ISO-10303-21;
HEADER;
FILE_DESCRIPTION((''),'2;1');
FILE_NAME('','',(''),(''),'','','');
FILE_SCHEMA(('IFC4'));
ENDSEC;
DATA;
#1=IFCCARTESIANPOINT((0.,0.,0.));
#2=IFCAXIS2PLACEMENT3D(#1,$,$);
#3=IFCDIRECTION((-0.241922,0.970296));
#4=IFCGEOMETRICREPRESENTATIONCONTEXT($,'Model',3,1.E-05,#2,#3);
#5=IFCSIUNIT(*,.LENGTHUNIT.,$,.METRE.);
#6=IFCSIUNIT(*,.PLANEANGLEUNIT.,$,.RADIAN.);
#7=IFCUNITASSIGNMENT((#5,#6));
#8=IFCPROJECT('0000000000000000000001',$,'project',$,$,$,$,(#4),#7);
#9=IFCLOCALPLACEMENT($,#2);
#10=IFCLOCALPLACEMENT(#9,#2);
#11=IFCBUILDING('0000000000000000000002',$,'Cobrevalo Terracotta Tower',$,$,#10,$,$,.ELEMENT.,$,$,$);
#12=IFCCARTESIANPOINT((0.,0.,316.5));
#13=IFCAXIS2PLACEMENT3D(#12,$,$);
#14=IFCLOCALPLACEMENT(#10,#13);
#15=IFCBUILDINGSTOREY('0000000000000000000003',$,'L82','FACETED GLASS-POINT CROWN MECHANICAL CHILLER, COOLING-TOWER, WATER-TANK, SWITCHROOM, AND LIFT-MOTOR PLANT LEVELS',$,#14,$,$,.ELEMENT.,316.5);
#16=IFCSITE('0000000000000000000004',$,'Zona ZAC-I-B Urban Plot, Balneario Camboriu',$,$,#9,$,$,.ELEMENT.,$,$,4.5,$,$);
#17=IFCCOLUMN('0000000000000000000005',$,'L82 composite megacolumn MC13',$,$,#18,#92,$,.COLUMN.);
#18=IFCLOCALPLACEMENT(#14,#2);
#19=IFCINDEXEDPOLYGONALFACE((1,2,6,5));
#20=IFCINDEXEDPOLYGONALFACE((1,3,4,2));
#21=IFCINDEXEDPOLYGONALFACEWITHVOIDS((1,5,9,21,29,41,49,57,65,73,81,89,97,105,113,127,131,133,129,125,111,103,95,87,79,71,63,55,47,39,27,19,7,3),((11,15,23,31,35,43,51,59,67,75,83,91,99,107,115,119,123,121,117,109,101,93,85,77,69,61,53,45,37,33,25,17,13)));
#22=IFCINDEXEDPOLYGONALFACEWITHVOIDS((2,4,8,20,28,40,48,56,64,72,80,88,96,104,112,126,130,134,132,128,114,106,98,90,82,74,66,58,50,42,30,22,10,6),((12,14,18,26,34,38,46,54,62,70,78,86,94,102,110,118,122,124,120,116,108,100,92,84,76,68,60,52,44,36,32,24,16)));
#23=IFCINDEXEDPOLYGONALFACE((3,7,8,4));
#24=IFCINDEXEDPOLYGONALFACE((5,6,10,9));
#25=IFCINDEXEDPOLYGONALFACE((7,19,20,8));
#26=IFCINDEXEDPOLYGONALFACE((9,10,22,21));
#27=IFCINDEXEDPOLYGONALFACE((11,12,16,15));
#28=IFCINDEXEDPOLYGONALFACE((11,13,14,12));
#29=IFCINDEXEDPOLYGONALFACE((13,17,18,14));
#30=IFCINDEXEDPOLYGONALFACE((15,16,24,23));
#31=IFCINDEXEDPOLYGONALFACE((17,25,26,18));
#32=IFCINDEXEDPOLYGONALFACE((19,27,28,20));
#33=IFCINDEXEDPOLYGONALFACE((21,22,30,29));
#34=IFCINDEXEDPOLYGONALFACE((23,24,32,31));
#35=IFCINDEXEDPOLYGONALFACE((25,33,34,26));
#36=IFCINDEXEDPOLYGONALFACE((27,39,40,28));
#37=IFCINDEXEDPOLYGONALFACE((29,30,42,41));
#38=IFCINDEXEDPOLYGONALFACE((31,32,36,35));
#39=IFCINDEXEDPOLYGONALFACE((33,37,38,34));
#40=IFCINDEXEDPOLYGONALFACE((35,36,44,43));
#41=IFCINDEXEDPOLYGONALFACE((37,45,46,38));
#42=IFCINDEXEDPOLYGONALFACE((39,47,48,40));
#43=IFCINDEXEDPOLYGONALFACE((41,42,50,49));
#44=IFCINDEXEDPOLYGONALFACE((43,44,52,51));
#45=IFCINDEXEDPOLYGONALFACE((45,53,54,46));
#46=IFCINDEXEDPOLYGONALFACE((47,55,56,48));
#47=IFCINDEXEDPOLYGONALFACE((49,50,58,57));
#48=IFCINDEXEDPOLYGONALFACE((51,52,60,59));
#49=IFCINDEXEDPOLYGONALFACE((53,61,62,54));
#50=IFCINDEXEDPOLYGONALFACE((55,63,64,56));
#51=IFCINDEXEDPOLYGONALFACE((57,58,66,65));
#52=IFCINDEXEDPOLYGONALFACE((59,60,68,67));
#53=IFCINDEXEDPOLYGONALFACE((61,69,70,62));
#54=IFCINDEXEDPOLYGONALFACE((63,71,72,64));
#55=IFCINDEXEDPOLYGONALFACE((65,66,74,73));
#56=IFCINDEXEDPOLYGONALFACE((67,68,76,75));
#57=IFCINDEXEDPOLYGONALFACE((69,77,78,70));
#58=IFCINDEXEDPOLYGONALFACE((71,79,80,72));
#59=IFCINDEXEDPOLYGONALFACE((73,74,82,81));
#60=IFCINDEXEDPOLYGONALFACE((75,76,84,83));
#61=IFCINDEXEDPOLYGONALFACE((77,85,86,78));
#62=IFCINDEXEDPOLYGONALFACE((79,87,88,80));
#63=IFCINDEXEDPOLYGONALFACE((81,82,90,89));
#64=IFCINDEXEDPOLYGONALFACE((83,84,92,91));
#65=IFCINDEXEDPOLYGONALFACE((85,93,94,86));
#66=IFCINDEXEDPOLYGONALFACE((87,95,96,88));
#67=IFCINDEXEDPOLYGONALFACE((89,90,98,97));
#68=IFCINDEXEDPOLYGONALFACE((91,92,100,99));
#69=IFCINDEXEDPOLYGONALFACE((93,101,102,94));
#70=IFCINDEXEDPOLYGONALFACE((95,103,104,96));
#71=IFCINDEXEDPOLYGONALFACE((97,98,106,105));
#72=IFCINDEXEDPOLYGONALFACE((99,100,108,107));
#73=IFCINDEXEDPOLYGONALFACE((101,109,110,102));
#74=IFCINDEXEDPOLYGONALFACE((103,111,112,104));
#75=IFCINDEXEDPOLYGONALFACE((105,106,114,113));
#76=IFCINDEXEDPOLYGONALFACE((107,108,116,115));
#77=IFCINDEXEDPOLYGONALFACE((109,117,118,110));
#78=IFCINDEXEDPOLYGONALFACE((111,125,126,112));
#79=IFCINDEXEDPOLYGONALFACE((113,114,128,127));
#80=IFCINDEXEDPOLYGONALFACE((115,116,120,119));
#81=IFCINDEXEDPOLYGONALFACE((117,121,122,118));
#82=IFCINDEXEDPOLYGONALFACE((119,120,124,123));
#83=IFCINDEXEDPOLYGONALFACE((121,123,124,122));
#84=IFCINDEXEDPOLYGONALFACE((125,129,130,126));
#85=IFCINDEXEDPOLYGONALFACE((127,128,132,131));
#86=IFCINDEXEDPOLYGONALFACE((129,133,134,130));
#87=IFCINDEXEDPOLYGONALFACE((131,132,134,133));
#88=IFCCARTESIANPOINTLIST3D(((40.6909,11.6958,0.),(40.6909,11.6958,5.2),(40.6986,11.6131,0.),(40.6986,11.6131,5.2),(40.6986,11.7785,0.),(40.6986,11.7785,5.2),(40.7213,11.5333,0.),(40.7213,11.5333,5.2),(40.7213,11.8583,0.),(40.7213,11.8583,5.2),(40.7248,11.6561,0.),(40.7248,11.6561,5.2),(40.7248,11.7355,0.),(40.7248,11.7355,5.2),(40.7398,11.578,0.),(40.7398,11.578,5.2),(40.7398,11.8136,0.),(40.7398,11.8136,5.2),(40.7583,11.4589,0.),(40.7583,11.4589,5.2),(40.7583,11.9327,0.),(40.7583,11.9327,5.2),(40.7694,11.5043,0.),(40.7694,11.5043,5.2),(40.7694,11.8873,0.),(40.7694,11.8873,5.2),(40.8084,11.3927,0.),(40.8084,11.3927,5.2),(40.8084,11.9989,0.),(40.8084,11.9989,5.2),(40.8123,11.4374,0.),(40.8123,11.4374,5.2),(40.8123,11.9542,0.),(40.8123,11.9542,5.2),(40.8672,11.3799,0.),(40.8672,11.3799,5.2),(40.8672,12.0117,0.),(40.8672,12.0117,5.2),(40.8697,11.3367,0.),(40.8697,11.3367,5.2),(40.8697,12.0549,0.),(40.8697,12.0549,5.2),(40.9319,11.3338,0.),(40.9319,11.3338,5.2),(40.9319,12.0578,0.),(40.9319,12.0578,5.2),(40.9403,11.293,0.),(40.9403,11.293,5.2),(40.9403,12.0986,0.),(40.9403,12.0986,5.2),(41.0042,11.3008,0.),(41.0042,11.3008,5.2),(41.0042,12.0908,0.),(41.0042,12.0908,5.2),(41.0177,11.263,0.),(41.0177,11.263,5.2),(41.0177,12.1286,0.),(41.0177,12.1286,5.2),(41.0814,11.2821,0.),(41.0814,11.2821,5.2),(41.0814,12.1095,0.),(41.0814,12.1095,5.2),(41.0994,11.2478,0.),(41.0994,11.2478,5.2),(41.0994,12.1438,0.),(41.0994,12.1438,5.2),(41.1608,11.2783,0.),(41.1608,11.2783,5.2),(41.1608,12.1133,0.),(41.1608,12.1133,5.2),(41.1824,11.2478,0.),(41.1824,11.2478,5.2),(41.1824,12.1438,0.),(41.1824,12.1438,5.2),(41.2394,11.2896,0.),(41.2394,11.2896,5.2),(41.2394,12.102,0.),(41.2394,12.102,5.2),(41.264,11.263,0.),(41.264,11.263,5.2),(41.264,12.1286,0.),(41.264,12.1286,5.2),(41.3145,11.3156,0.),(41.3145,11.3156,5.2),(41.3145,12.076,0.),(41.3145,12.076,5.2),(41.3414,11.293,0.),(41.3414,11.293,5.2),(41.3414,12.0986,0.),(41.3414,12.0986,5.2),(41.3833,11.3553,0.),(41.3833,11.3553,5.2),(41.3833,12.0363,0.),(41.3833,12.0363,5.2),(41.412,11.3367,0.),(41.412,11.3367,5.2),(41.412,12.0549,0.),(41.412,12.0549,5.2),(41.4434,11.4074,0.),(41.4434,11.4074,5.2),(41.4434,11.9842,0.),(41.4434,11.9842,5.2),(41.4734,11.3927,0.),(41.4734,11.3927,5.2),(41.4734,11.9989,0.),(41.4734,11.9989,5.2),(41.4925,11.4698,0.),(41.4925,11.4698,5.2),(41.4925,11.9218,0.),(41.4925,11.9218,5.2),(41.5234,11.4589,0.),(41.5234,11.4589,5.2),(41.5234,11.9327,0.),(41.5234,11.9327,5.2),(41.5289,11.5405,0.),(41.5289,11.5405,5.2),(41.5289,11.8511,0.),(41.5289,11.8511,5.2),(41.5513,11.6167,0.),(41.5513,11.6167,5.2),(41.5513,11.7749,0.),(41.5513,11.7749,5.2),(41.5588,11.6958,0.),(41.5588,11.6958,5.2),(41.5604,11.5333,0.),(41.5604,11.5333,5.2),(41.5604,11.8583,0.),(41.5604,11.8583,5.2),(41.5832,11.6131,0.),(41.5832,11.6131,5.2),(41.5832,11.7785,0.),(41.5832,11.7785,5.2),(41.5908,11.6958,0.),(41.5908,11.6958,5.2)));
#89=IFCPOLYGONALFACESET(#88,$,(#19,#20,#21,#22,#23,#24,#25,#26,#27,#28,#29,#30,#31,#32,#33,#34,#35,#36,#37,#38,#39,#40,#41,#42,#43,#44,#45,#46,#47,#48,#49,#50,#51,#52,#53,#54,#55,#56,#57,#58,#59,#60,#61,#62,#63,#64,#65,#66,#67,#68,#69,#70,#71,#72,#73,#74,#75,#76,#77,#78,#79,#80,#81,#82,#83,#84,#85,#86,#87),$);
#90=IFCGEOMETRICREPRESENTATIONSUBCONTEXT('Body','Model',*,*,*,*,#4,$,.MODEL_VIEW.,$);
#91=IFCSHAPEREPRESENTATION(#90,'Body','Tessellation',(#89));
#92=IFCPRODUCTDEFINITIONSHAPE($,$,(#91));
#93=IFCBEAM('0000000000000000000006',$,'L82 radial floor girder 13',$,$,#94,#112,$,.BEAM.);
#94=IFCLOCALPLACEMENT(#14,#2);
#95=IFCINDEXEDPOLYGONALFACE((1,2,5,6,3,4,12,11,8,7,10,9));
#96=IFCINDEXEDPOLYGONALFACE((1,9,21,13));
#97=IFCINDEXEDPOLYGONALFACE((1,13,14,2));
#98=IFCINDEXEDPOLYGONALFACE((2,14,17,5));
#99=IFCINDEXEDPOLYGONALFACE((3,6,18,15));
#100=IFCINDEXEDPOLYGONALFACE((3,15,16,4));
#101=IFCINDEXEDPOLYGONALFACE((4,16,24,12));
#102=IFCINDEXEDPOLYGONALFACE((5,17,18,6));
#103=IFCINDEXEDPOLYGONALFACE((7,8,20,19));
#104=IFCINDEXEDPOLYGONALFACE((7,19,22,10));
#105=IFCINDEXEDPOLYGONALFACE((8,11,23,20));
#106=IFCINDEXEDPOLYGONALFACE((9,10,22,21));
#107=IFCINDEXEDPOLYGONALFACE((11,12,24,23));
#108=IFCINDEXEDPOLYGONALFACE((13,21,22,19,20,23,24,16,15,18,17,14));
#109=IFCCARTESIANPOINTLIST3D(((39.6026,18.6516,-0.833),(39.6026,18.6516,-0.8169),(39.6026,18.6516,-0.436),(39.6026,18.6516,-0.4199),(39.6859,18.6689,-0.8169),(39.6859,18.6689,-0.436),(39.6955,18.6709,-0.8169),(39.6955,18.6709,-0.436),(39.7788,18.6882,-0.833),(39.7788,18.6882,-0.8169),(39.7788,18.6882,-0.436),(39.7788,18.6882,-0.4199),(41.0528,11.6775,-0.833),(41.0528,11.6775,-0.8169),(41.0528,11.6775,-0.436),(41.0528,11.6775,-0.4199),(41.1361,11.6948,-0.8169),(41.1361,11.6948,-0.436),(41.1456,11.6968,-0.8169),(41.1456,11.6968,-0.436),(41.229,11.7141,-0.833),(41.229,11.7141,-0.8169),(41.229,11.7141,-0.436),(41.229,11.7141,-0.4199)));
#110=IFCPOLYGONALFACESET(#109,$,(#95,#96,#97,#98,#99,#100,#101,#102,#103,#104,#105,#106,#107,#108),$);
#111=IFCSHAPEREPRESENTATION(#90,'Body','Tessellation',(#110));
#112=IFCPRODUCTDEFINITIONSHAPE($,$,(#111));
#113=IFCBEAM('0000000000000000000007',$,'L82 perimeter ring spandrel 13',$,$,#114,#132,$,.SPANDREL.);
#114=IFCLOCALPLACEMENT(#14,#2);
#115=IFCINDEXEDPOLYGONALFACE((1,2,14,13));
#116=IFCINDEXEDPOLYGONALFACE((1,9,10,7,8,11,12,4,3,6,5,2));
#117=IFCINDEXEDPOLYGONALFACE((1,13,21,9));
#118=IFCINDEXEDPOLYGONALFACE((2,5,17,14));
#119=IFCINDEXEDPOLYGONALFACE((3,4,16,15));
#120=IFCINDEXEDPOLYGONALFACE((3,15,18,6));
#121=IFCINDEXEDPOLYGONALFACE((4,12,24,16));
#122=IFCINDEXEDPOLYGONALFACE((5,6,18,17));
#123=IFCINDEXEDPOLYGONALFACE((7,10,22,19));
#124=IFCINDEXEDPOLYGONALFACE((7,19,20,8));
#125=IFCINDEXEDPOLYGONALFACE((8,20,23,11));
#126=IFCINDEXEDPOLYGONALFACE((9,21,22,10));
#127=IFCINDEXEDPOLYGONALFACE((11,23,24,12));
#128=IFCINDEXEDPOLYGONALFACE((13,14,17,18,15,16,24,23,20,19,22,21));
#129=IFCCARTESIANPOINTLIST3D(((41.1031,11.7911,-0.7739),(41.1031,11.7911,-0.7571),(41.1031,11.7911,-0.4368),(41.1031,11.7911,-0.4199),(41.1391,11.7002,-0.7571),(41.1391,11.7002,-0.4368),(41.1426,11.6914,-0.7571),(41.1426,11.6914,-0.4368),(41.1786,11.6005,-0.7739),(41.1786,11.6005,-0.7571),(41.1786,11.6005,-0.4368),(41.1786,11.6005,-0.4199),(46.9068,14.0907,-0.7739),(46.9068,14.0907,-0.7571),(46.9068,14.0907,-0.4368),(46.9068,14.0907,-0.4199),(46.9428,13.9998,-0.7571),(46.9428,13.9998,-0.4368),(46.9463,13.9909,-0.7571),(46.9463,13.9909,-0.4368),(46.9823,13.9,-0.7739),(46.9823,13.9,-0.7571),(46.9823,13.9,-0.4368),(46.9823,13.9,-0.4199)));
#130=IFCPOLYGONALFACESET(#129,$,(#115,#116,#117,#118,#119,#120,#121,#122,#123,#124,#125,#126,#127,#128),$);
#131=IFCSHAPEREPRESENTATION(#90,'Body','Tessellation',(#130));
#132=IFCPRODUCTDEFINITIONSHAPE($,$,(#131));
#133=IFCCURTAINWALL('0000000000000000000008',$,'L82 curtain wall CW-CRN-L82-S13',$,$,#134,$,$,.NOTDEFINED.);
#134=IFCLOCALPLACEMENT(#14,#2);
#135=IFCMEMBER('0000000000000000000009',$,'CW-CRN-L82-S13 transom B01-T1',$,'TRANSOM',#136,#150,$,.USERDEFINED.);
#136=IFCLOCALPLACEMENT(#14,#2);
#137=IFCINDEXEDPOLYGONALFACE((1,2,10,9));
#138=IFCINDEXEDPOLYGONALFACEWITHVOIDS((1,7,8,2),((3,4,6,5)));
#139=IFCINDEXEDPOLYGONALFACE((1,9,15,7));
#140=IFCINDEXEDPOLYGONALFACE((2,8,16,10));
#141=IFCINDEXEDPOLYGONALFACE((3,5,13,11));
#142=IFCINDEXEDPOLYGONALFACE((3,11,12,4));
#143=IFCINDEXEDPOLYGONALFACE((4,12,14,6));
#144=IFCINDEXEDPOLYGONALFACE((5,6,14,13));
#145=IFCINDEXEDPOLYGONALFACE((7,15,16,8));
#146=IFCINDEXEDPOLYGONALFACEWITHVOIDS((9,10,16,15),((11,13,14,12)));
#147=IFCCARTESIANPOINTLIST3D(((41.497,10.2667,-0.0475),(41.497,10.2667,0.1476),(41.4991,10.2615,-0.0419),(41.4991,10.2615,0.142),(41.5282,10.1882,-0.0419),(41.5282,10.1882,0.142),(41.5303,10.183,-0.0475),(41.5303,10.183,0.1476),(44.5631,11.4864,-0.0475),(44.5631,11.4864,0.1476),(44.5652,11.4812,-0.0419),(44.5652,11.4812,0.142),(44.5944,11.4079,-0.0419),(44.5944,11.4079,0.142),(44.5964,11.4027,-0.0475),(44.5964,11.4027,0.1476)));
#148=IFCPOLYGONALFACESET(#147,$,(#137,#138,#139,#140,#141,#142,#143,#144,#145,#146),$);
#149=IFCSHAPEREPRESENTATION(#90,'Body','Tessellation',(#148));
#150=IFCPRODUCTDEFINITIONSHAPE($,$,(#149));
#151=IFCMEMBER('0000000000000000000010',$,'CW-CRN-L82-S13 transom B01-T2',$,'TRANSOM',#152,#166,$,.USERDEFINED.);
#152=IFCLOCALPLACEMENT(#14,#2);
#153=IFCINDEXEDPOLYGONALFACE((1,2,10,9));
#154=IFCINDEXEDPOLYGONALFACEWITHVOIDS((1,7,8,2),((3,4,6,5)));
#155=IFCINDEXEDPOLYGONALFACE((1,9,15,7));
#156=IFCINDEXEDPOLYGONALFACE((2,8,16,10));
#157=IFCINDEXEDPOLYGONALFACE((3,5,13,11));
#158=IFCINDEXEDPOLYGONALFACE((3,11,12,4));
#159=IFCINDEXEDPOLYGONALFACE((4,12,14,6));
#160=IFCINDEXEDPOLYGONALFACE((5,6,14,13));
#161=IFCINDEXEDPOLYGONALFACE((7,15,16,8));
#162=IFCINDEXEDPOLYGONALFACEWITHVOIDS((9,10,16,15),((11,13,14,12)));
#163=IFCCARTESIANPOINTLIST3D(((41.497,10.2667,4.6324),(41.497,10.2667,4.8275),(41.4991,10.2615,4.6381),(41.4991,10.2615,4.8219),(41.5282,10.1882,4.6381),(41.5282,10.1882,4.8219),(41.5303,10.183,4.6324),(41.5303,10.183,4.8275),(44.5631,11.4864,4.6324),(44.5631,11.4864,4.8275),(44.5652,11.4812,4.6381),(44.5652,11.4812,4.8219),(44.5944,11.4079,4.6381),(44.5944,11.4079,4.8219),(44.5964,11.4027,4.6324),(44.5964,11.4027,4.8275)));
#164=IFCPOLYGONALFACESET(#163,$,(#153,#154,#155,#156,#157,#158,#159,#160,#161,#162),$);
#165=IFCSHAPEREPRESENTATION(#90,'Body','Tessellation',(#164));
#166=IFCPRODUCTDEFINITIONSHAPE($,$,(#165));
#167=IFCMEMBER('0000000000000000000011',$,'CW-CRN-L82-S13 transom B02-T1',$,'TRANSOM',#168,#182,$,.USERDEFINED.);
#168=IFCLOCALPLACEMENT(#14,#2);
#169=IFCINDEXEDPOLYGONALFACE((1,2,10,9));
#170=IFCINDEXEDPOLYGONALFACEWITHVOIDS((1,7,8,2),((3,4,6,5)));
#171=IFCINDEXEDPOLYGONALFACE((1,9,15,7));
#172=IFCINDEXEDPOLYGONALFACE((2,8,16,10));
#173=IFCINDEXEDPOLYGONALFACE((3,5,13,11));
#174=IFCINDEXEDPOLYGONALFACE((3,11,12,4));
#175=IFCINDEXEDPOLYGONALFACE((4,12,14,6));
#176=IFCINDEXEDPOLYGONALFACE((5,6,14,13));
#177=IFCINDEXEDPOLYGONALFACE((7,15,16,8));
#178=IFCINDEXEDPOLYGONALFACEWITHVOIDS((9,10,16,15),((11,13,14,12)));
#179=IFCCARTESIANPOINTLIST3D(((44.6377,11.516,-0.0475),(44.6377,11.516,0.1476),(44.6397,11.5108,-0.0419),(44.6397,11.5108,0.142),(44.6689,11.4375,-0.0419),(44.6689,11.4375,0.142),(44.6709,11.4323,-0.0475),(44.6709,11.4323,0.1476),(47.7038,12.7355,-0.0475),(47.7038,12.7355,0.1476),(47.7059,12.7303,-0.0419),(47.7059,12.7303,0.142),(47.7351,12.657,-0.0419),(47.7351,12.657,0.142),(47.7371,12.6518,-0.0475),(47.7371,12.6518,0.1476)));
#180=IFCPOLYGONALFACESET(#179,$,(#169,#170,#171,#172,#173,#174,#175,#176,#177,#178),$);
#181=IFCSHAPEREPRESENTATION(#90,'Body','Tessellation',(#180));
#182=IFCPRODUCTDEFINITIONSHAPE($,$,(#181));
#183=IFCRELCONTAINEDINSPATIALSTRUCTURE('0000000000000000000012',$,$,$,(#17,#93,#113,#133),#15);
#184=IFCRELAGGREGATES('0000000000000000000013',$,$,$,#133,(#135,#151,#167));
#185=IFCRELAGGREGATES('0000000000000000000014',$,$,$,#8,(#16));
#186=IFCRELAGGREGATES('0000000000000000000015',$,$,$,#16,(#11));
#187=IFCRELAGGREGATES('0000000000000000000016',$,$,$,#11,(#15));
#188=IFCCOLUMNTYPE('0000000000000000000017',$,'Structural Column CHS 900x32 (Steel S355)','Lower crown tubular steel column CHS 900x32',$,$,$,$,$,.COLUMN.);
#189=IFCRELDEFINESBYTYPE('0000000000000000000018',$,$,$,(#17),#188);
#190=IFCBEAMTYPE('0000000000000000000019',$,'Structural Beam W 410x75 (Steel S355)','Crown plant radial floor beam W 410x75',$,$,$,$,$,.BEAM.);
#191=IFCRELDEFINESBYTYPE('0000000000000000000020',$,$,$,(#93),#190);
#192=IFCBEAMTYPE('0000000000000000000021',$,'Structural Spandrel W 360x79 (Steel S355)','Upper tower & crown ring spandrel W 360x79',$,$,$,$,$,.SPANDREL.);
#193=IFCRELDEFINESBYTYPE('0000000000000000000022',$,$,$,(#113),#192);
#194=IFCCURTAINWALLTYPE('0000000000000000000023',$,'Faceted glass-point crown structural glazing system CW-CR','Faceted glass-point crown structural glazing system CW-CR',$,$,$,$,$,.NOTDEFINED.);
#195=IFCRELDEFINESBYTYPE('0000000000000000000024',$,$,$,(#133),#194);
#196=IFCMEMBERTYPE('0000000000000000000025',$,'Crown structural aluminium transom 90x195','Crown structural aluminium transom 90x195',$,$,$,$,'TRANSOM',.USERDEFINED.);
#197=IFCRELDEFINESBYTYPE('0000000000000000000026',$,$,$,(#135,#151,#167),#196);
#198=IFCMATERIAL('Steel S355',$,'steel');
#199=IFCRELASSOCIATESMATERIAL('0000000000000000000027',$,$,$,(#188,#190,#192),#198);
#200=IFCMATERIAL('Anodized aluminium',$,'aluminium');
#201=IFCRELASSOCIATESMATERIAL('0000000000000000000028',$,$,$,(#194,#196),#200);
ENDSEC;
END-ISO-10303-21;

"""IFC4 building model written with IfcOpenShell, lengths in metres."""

from ifc_helpers import new_model, si_unit, direction, frame, origin, origin_2d, place, context, subcontext, project, spatial, hollow_rectangle, hollow_circle, i_section, extrude, source, transform, mapped, material, material_profile, profile_set, type_object, element, aggregate, save


model = new_model("IFC4")

# Units and contexts
model_context = context("Model", 3, precision=1e-05, world=origin(), true_north=direction((-0.241922, 0.970296)))
body_context = subcontext(model_context, "Body", "Model", "MODEL_VIEW")
ifc_project = project(units=[si_unit("LENGTHUNIT", "METRE"), si_unit("PLANEANGLEUNIT", "RADIAN")], contexts=[model_context])

# Site, building, storey
site_placement = place(None, origin())
site = spatial("IfcSite", under=ifc_project, at=site_placement, Name="Zona ZAC-I-B Urban Plot, Balneario Camboriu", CompositionType="ELEMENT", RefElevation=4.5)
building_placement = place(site_placement, origin())
building = spatial("IfcBuilding", under=site, at=building_placement, Name="Cobrevalo Terracotta Tower", CompositionType="ELEMENT")
storey_placement = place(building_placement, frame((0.0, 0.0, 316.5)))
storey = spatial("IfcBuildingStorey", under=building, at=storey_placement, Name="L82", Description="FACETED GLASS-POINT CROWN MECHANICAL CHILLER, COOLING-TOWER, WATER-TANK, SWITCHROOM, AND LIFT-MOTOR PLANT LEVELS", CompositionType="ELEMENT", Elevation=316.5)

# Column
ifc_material_1 = material(Name="Steel S355", Category="steel")
ifc_material_profile_1 = material_profile(ifc_material_1, hollow_circle(Radius=0.45, WallThickness=0.032, at=origin_2d()), Name="CHS 900x32")
ifc_profile_set_1 = profile_set([ifc_material_profile_1], Name="Steel S355")
column_type = type_object("IfcColumnType", Name="Structural Column CHS 900x32 (Steel S355)", Description="Lower crown tubular steel column CHS 900x32", PredefinedType="COLUMN", material=ifc_profile_set_1)
column_placement = place(storey_placement, frame((41.1409, 11.6958, 0.0), z_axis=(0.0, 0.0, 1.0), x_axis=(1.0, 0.0, 0.0)))
element("IfcColumn", 1, at=column_placement, inside=storey, type_object=column_type, Name="L82 composite megacolumn MC13", PredefinedType="COLUMN", context=body_context, shape_type="SweptSolid", body=[
    extrude(hollow_circle(Radius=0.45, WallThickness=0.032, at=origin_2d()), origin(), (0.0, 0.0, 1.0), 5.2),
])

# Beams
ifc_material_profile_2 = material_profile(ifc_material_1, i_section(OverallWidth=0.1799, OverallDepth=0.4131, WebThickness=0.0098, FlangeThickness=0.0161, at=origin_2d()), Name="W 410x75")
ifc_profile_set_2 = profile_set([ifc_material_profile_2], Name="Steel S355")
beam_type_1 = type_object("IfcBeamType", Name="Structural Beam W 410x75 (Steel S355)", Description="Crown plant radial floor beam W 410x75", PredefinedType="BEAM", material=ifc_profile_set_2)
beam_1_placement = place(storey_placement, frame((41.1409, 11.6958, -0.6265), z_axis=(-0.203585, 0.979057, 0.0), x_axis=(-0.979057, -0.203585, 0.0)))
element("IfcBeam", 2, at=beam_1_placement, inside=storey, type_object=beam_type_1, Name="L82 radial floor girder 13", PredefinedType="BEAM", context=body_context, shape_type="SweptSolid", body=[
    extrude(i_section(OverallWidth=0.1799, OverallDepth=0.4131, WebThickness=0.0098, FlangeThickness=0.0161, at=origin_2d()), origin(), (0.0, 0.0, 1.0), 7.1233),
])
ifc_material_profile_3 = material_profile(ifc_material_1, i_section(OverallWidth=0.2051, OverallDepth=0.354, WebThickness=0.0095, FlangeThickness=0.0168, at=origin_2d()), Name="W 360x79")
ifc_profile_set_3 = profile_set([ifc_material_profile_3], Name="Steel S355")
beam_type_2 = type_object("IfcBeamType", Name="Structural Spandrel W 360x79 (Steel S355)", Description="Upper tower & crown ring spandrel W 360x79", PredefinedType="SPANDREL", material=ifc_profile_set_3)
beam_2_placement = place(storey_placement, frame((41.1409, 11.6958, -0.5969), z_axis=(0.929683, 0.368361, 0.0), x_axis=(-0.368361, 0.929683, 0.0)))
element("IfcBeam", 3, at=beam_2_placement, inside=storey, type_object=beam_type_2, Name="L82 perimeter ring spandrel 13", PredefinedType="SPANDREL", context=body_context, shape_type="SweptSolid", body=[
    extrude(i_section(OverallWidth=0.2051, OverallDepth=0.354, WebThickness=0.0095, FlangeThickness=0.0168, at=origin_2d()), origin(), (0.0, 0.0, 1.0), 6.2427),
])

# Curtain wall, members
ifc_material_2 = material(Name="Anodized aluminium", Category="aluminium")
curtain_wall_type = type_object("IfcCurtainWallType", Name="Faceted glass-point crown structural glazing system CW-CR", Description="Faceted glass-point crown structural glazing system CW-CR", PredefinedType="NOTDEFINED", material=ifc_material_2)
curtain_wall_1_placement = place(storey_placement, origin())
curtain_wall_1 = element("IfcCurtainWall", 4, at=curtain_wall_1_placement, inside=storey, type_object=curtain_wall_type, Name="L82 curtain wall CW-CRN-L82-S13", PredefinedType="NOTDEFINED")
ifc_material_profile_4 = material_profile(ifc_material_2, hollow_rectangle(XDim=0.0901, YDim=0.1951, WallThickness=0.0056, at=origin_2d()), Name="CWT 90x195")
ifc_profile_set_4 = profile_set([ifc_material_profile_4], Name="Anodized aluminium")
member_type_1 = type_object("IfcMemberType", Name="Crown structural aluminium transom 90x195", Description="Crown structural aluminium transom 90x195", ElementType="TRANSOM", PredefinedType="USERDEFINED", material=ifc_profile_set_4)
shared_shape_1 = source(origin(), body_context, "Body", "SweptSolid", [
    extrude(hollow_rectangle(XDim=0.0901, YDim=0.1951, WallThickness=0.0056, at=origin_2d()), origin(), (0.0, 0.0, 1.0), 3.2998),
])
member_1_placement = place(storey_placement, frame((41.5137, 10.2249, 0.05), z_axis=(0.929179, 0.36963, 0.0), x_axis=(-0.36963, 0.929179, 0.0)))
member_1 = element("IfcMember", 5, at=member_1_placement, type_object=member_type_1, Name="CW-CRN-L82-S13 transom B01-T1", ObjectType="TRANSOM", PredefinedType="USERDEFINED", context=body_context, shape_type="MappedRepresentation", body=[
    mapped(shared_shape_1, transform((0.0, 0.0, 0.0), scale=1.0)),
])
member_2_placement = place(storey_placement, frame((41.5137, 10.2249, 4.73), z_axis=(0.929179, 0.36963, 0.0), x_axis=(-0.36963, 0.929179, 0.0)))
member_2 = element("IfcMember", 6, at=member_2_placement, type_object=member_type_1, Name="CW-CRN-L82-S13 transom B01-T2", ObjectType="TRANSOM", PredefinedType="USERDEFINED", context=body_context, shape_type="MappedRepresentation", body=[
    mapped(shared_shape_1, transform((0.0, 0.0, 0.0), scale=1.0)),
])
member_3_placement = place(storey_placement, frame((44.6543, 11.4741, 0.05), z_axis=(0.929205, 0.369566, 0.0), x_axis=(-0.369566, 0.929205, 0.0)))
member_3 = element("IfcMember", 7, at=member_3_placement, type_object=member_type_1, Name="CW-CRN-L82-S13 transom B02-T1", ObjectType="TRANSOM", PredefinedType="USERDEFINED", context=body_context, shape_type="MappedRepresentation", body=[
    mapped(shared_shape_1, transform((0.0, 0.0, 0.0), scale=1.0)),
])

aggregate(curtain_wall_1, [member_1, member_2, member_3])

save(model, "model.ifc")
